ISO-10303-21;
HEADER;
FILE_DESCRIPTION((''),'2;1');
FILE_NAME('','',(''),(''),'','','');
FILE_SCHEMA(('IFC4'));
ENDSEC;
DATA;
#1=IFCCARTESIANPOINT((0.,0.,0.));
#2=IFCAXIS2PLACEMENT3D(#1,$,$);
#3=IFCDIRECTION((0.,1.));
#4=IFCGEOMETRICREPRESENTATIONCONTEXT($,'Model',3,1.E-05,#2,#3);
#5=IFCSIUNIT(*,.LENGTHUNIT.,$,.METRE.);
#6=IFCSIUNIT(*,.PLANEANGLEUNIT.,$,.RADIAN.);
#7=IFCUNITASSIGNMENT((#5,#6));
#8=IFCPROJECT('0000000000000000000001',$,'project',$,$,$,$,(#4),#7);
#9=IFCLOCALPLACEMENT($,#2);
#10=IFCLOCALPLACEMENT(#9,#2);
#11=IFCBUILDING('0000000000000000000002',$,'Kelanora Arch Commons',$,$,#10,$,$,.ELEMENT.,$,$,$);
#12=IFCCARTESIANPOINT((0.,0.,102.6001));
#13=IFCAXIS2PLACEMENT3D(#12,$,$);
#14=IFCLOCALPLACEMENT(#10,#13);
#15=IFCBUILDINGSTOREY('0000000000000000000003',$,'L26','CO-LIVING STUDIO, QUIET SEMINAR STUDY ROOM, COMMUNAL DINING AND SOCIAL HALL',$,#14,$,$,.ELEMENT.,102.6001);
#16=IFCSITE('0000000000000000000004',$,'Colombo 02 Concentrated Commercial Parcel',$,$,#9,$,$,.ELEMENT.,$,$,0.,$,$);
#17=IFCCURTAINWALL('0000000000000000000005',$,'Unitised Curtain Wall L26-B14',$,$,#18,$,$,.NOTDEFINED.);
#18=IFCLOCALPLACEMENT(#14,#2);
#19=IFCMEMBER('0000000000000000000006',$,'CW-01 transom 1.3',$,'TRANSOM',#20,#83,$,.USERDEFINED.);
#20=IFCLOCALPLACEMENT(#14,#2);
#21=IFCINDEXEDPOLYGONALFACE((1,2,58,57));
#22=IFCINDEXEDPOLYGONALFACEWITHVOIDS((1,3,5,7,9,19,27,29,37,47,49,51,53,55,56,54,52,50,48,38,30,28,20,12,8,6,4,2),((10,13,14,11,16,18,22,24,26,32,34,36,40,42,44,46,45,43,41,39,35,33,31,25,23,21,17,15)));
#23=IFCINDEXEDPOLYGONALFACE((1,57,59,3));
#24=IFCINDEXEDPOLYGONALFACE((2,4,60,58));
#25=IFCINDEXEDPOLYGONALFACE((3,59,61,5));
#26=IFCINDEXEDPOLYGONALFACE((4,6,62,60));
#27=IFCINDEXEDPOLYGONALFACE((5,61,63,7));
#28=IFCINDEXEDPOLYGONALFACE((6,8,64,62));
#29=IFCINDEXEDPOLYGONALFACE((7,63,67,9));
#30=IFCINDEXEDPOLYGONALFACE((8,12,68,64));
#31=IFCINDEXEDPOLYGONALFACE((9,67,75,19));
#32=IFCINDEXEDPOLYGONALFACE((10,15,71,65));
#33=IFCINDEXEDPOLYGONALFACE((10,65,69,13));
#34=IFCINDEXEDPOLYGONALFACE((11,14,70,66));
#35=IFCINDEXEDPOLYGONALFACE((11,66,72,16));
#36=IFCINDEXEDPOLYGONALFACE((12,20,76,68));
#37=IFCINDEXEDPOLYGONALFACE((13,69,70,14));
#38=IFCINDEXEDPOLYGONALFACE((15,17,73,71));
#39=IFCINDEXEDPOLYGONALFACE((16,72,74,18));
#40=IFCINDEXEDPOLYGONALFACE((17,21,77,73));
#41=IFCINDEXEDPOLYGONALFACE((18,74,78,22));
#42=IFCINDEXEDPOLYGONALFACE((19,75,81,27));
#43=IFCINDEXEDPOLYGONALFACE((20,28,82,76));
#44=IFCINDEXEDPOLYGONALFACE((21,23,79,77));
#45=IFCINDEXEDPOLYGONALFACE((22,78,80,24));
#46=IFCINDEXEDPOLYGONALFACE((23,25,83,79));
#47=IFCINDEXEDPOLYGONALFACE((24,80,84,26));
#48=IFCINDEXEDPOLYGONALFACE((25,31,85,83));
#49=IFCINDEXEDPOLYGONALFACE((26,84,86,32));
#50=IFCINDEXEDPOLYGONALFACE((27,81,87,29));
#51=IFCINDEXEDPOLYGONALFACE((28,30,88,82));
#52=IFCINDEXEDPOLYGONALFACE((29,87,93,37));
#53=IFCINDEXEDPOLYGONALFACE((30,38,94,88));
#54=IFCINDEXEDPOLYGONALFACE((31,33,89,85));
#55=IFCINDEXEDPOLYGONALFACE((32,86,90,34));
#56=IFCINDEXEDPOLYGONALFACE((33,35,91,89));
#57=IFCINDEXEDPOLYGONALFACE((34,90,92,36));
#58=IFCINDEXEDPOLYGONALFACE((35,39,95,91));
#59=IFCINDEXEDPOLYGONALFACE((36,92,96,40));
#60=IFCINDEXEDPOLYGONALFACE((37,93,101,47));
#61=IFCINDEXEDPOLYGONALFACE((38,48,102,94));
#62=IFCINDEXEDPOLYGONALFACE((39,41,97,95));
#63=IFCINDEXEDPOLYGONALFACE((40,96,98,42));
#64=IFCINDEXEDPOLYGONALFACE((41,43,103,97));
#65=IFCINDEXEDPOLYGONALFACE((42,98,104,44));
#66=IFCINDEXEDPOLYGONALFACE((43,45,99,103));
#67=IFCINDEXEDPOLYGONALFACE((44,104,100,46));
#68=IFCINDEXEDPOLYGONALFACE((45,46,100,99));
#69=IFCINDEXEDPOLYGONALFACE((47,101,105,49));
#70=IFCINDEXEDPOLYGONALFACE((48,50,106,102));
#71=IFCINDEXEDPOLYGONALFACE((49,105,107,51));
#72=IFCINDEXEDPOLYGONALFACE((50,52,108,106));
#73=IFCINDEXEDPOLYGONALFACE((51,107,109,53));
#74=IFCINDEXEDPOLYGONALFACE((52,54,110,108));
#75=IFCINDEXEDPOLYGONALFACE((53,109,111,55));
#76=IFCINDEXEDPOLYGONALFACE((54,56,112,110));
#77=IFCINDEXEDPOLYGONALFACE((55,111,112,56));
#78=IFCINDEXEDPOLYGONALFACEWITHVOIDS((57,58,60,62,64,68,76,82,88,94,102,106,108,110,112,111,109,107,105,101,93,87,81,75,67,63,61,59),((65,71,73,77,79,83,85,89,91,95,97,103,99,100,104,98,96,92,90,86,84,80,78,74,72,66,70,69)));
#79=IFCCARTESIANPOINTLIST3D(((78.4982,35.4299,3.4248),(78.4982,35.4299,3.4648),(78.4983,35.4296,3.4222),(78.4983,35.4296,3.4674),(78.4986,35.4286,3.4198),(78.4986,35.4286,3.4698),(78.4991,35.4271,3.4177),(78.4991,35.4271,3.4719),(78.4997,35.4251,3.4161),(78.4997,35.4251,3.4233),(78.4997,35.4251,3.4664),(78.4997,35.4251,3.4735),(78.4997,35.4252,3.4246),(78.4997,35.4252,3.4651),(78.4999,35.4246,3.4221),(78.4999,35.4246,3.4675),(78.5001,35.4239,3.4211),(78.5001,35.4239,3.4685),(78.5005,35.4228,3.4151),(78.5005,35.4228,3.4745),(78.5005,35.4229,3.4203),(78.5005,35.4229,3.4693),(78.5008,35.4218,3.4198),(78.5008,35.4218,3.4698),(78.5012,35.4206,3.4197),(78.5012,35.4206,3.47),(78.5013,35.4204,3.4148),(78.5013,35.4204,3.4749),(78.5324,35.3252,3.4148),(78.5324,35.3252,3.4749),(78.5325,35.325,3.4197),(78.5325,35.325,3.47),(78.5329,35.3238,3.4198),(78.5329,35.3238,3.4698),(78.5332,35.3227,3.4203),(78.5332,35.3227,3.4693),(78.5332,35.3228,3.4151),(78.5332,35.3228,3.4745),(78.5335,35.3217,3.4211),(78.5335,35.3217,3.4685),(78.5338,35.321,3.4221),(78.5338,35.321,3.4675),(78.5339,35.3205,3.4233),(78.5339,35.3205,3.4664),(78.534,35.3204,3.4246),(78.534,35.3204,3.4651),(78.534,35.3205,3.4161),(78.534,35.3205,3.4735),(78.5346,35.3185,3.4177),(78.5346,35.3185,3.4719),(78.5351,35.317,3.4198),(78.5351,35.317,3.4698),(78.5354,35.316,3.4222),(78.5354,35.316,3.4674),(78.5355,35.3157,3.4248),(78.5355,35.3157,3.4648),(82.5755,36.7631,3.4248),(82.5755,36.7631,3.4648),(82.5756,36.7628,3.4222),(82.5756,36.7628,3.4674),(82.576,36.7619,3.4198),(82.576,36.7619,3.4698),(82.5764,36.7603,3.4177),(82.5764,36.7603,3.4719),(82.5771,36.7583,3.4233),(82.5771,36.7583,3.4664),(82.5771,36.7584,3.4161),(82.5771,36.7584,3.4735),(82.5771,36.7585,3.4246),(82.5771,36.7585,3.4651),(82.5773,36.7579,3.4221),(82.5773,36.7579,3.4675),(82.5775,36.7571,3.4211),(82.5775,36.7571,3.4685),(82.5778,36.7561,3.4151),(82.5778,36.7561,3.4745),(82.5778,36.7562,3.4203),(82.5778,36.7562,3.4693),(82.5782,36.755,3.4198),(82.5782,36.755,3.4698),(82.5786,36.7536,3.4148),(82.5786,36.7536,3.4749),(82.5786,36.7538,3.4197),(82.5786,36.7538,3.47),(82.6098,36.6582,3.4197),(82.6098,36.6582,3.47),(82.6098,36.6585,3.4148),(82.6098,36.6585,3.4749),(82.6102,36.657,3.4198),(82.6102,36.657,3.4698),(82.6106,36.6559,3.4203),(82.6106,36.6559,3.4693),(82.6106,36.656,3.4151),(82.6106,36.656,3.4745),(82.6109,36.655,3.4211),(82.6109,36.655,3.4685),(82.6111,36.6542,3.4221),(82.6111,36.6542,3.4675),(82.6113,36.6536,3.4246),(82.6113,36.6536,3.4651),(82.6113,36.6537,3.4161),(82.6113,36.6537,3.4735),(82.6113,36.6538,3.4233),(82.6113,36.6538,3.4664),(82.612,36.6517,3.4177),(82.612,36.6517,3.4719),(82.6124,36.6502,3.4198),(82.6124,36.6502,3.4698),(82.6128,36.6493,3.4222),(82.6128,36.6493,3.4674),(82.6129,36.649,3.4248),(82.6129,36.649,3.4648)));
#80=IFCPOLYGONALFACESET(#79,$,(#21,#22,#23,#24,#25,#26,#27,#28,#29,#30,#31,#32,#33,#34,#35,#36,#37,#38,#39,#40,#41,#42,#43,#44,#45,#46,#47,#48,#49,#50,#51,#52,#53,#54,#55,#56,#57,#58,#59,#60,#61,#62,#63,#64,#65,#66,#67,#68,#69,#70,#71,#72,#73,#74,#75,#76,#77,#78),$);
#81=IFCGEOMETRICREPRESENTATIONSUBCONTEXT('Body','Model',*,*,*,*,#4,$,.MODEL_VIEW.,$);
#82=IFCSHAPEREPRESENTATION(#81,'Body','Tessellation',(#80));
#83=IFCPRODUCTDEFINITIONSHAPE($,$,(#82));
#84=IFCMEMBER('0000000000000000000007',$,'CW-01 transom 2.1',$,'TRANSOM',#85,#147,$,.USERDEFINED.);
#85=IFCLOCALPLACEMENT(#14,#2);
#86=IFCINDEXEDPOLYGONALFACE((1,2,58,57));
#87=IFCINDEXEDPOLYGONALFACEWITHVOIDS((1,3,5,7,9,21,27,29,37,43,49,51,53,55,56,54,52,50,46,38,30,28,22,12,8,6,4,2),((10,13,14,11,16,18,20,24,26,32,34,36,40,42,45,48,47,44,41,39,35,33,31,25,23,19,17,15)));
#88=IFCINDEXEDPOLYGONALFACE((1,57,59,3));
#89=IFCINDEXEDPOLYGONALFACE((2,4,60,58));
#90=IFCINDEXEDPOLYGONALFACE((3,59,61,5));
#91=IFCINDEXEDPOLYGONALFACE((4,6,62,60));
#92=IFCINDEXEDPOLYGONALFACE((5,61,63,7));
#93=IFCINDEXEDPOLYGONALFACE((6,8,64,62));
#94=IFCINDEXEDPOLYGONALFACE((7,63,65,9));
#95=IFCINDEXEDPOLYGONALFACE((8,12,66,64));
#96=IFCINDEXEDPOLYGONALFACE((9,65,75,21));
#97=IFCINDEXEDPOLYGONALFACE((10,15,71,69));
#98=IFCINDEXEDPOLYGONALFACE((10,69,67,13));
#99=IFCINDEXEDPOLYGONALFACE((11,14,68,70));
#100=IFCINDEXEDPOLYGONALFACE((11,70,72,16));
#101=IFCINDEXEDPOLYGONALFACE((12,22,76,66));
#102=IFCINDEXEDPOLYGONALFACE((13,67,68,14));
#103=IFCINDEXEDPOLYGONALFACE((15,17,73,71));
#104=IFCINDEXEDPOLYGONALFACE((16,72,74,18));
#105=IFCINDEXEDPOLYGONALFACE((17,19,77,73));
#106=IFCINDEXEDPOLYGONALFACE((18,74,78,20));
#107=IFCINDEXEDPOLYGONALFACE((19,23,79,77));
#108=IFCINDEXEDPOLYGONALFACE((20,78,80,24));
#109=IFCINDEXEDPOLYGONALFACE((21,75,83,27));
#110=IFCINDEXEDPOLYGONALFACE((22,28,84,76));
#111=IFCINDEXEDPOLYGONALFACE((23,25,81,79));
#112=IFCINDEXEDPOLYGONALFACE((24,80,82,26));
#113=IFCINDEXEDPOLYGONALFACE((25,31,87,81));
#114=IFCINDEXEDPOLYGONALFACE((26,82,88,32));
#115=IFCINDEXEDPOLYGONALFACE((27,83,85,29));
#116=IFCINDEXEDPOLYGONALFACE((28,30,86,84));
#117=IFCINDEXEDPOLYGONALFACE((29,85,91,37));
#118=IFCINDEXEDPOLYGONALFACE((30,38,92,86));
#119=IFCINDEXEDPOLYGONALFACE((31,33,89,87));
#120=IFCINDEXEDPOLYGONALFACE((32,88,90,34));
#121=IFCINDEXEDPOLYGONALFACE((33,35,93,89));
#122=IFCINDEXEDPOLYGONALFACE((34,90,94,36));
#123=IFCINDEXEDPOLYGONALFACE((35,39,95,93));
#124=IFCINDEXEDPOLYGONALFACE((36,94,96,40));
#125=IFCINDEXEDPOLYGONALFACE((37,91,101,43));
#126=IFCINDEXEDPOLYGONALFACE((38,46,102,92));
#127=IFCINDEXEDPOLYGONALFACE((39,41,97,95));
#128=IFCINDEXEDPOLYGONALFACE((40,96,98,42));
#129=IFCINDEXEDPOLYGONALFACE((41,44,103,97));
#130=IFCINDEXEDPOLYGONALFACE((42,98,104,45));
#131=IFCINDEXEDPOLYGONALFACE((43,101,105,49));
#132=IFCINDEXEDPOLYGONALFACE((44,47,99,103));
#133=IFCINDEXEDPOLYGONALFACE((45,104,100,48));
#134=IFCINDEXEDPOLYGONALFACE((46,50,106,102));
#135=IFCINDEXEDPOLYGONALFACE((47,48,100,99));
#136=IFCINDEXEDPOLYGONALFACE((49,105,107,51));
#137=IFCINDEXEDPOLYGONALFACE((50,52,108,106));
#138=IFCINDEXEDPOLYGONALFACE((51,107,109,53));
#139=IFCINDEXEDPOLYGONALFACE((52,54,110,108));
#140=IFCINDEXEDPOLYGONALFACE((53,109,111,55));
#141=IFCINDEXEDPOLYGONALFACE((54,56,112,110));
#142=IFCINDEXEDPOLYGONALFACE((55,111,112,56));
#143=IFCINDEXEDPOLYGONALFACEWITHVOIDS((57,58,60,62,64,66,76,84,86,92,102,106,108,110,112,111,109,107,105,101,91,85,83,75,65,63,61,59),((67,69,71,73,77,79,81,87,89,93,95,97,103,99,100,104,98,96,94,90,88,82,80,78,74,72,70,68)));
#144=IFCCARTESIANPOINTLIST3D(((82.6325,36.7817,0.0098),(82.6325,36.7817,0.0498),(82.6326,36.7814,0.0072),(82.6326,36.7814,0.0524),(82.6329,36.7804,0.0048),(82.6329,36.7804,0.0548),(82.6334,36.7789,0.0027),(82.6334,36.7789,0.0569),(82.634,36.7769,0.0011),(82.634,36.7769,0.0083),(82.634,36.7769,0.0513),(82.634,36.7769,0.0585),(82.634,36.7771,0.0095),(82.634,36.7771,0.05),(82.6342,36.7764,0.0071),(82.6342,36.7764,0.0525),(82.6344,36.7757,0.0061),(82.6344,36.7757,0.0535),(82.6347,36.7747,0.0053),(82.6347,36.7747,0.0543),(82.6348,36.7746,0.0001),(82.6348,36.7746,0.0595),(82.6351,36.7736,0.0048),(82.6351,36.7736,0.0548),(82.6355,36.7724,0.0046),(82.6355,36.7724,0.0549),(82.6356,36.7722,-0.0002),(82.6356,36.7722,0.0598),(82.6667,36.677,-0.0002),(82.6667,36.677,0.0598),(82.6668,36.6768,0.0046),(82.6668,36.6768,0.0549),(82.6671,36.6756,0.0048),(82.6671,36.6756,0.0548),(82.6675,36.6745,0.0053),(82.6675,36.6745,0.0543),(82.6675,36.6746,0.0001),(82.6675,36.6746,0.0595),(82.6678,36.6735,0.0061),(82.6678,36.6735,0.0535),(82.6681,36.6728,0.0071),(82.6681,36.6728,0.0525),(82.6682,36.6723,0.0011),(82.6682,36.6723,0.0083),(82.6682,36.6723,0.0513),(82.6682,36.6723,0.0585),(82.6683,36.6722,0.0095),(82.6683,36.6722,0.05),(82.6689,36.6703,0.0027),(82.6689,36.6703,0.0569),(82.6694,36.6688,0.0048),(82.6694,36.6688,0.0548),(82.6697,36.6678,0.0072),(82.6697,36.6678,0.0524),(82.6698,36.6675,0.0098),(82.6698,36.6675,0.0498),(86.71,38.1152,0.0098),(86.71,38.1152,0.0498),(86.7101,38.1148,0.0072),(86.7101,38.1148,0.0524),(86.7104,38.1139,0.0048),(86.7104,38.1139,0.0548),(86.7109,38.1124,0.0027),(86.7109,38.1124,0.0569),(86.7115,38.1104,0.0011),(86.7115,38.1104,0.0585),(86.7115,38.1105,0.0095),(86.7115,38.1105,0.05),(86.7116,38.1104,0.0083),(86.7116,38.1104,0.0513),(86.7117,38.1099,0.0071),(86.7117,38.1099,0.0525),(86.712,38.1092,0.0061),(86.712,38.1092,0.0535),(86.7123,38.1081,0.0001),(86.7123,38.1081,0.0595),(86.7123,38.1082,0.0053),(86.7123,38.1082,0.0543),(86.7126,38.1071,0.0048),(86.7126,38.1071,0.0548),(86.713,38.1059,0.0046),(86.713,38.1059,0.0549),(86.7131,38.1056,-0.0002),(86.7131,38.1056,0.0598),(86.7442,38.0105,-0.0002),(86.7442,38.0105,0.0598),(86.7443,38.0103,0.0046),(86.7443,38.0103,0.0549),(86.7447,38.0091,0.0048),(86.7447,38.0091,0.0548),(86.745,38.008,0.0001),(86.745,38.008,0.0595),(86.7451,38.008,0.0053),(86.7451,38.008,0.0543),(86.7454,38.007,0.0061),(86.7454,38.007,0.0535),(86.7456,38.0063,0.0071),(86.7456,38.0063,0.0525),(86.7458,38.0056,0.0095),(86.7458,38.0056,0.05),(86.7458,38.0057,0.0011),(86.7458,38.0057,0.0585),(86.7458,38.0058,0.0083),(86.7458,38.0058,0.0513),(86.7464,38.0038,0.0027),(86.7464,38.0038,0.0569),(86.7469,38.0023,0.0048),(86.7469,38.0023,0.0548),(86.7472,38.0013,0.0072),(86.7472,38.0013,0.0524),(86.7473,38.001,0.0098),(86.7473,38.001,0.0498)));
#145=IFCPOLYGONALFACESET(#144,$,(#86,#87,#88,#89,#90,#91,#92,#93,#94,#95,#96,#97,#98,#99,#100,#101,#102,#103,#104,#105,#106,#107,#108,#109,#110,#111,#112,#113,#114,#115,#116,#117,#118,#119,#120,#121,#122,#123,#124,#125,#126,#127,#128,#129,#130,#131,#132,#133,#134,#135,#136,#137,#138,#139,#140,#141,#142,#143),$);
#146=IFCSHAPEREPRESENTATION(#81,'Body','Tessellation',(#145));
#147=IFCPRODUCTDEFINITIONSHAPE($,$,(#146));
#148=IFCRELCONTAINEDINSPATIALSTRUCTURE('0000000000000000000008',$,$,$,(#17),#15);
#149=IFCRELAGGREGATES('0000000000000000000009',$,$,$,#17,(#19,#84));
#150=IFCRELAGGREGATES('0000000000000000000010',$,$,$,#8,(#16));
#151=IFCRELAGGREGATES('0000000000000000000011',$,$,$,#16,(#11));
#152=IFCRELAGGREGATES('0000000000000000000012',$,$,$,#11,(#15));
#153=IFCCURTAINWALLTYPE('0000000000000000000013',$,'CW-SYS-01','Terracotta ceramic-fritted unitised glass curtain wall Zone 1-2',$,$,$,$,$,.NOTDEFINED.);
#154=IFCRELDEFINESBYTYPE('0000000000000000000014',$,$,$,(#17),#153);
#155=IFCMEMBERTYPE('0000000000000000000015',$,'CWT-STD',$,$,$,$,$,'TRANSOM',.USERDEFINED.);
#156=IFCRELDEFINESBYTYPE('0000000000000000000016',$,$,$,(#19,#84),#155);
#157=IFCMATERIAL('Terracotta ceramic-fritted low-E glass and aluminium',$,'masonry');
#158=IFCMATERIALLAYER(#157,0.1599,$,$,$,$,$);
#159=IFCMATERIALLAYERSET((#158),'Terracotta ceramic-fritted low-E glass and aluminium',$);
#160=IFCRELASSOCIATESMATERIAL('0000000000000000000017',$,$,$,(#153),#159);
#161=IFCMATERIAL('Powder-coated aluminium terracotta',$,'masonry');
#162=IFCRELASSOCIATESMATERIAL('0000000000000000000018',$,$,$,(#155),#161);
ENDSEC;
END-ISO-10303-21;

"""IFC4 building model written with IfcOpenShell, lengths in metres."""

from ifc_helpers import new_model, si_unit, direction, frame, origin, origin_2d, place, context, subcontext, project, spatial, hollow_rectangle, extrude, material, layer, layer_set, material_profile, profile_set, type_object, element, aggregate, save


model = new_model("IFC4")

# Units and contexts
model_context = context("Model", 3, precision=1e-05, world=origin(), true_north=direction((0.0, 1.0)))
body_context = subcontext(model_context, "Body", "Model", "MODEL_VIEW")
ifc_project = project(units=[si_unit("LENGTHUNIT", "METRE"), si_unit("PLANEANGLEUNIT", "RADIAN")], contexts=[model_context])

# Site, building, storey
site_placement = place(None, origin())
site = spatial("IfcSite", under=ifc_project, at=site_placement, Name="Colombo 02 Concentrated Commercial Parcel", CompositionType="ELEMENT", RefElevation=0.0)
building_placement = place(site_placement, origin())
building = spatial("IfcBuilding", under=site, at=building_placement, Name="Kelanora Arch Commons", CompositionType="ELEMENT")
storey_placement = place(building_placement, frame((0.0, 0.0, 102.6001)))
storey = spatial("IfcBuildingStorey", under=building, at=storey_placement, Name="L26", Description="CO-LIVING STUDIO, QUIET SEMINAR STUDY ROOM, COMMUNAL DINING AND SOCIAL HALL", CompositionType="ELEMENT", Elevation=102.6001)

# Curtain wall, members
ifc_material_1 = material(Name="Terracotta ceramic-fritted low-E glass and aluminium", Category="masonry")
ifc_layer_1 = layer(ifc_material_1, 0.1599)
ifc_layer_set_1 = layer_set([ifc_layer_1], Name="Terracotta ceramic-fritted low-E glass and aluminium")
curtain_wall_type = type_object("IfcCurtainWallType", Name="CW-SYS-01", Description="Terracotta ceramic-fritted unitised glass curtain wall Zone 1-2", PredefinedType="NOTDEFINED", material=ifc_layer_set_1)
curtain_wall_placement = place(storey_placement, origin())
curtain_wall = element("IfcCurtainWall", 1, at=curtain_wall_placement, inside=storey, type_object=curtain_wall_type, Name="Unitised Curtain Wall L26-B14", PredefinedType="NOTDEFINED")
ifc_material_2 = material(Name="Powder-coated aluminium terracotta", Category="masonry")
ifc_material_profile_1 = material_profile(ifc_material_2, hollow_rectangle(XDim=0.1201, YDim=0.0601, WallThickness=0.0049, InnerFilletRadius=0.0049, OuterFilletRadius=0.01, at=origin_2d()), Name="CWT120x60")
ifc_profile_set_1 = profile_set([ifc_material_profile_1], Name="Powder-coated aluminium terracotta")
member_type_1 = type_object("IfcMemberType", Name="CWT-STD", ElementType="TRANSOM", PredefinedType="USERDEFINED", material=ifc_profile_set_1)
member_1_placement = place(storey_placement, frame((78.5168, 35.3728, 3.4448), z_axis=(0.950478, 0.310793, 0.0), x_axis=(-0.310793, 0.950478, 0.0)))
member_1 = element("IfcMember", 2, at=member_1_placement, type_object=member_type_1, Name="CW-01 transom 1.3", ObjectType="TRANSOM", PredefinedType="USERDEFINED", context=body_context, shape_type="SweptSolid", body=[
    extrude(hollow_rectangle(XDim=0.1201, YDim=0.0601, WallThickness=0.0049, InnerFilletRadius=0.0049, OuterFilletRadius=0.01, at=origin_2d()), origin(), (0.0, 0.0, 1.0), 4.2898),
])
member_2_placement = place(storey_placement, frame((82.6511, 36.7246, 0.0298), z_axis=(0.950466, 0.310828, 0.0), x_axis=(-0.310828, 0.950466, 0.0)))
member_2 = element("IfcMember", 3, at=member_2_placement, type_object=member_type_1, Name="CW-01 transom 2.1", ObjectType="TRANSOM", PredefinedType="USERDEFINED", context=body_context, shape_type="SweptSolid", body=[
    extrude(hollow_rectangle(XDim=0.1201, YDim=0.0601, WallThickness=0.0049, InnerFilletRadius=0.0049, OuterFilletRadius=0.01, at=origin_2d()), origin(), (0.0, 0.0, 1.0), 4.29),
])
aggregate(curtain_wall, [member_1, member_2])

save(model, "model.ifc")
